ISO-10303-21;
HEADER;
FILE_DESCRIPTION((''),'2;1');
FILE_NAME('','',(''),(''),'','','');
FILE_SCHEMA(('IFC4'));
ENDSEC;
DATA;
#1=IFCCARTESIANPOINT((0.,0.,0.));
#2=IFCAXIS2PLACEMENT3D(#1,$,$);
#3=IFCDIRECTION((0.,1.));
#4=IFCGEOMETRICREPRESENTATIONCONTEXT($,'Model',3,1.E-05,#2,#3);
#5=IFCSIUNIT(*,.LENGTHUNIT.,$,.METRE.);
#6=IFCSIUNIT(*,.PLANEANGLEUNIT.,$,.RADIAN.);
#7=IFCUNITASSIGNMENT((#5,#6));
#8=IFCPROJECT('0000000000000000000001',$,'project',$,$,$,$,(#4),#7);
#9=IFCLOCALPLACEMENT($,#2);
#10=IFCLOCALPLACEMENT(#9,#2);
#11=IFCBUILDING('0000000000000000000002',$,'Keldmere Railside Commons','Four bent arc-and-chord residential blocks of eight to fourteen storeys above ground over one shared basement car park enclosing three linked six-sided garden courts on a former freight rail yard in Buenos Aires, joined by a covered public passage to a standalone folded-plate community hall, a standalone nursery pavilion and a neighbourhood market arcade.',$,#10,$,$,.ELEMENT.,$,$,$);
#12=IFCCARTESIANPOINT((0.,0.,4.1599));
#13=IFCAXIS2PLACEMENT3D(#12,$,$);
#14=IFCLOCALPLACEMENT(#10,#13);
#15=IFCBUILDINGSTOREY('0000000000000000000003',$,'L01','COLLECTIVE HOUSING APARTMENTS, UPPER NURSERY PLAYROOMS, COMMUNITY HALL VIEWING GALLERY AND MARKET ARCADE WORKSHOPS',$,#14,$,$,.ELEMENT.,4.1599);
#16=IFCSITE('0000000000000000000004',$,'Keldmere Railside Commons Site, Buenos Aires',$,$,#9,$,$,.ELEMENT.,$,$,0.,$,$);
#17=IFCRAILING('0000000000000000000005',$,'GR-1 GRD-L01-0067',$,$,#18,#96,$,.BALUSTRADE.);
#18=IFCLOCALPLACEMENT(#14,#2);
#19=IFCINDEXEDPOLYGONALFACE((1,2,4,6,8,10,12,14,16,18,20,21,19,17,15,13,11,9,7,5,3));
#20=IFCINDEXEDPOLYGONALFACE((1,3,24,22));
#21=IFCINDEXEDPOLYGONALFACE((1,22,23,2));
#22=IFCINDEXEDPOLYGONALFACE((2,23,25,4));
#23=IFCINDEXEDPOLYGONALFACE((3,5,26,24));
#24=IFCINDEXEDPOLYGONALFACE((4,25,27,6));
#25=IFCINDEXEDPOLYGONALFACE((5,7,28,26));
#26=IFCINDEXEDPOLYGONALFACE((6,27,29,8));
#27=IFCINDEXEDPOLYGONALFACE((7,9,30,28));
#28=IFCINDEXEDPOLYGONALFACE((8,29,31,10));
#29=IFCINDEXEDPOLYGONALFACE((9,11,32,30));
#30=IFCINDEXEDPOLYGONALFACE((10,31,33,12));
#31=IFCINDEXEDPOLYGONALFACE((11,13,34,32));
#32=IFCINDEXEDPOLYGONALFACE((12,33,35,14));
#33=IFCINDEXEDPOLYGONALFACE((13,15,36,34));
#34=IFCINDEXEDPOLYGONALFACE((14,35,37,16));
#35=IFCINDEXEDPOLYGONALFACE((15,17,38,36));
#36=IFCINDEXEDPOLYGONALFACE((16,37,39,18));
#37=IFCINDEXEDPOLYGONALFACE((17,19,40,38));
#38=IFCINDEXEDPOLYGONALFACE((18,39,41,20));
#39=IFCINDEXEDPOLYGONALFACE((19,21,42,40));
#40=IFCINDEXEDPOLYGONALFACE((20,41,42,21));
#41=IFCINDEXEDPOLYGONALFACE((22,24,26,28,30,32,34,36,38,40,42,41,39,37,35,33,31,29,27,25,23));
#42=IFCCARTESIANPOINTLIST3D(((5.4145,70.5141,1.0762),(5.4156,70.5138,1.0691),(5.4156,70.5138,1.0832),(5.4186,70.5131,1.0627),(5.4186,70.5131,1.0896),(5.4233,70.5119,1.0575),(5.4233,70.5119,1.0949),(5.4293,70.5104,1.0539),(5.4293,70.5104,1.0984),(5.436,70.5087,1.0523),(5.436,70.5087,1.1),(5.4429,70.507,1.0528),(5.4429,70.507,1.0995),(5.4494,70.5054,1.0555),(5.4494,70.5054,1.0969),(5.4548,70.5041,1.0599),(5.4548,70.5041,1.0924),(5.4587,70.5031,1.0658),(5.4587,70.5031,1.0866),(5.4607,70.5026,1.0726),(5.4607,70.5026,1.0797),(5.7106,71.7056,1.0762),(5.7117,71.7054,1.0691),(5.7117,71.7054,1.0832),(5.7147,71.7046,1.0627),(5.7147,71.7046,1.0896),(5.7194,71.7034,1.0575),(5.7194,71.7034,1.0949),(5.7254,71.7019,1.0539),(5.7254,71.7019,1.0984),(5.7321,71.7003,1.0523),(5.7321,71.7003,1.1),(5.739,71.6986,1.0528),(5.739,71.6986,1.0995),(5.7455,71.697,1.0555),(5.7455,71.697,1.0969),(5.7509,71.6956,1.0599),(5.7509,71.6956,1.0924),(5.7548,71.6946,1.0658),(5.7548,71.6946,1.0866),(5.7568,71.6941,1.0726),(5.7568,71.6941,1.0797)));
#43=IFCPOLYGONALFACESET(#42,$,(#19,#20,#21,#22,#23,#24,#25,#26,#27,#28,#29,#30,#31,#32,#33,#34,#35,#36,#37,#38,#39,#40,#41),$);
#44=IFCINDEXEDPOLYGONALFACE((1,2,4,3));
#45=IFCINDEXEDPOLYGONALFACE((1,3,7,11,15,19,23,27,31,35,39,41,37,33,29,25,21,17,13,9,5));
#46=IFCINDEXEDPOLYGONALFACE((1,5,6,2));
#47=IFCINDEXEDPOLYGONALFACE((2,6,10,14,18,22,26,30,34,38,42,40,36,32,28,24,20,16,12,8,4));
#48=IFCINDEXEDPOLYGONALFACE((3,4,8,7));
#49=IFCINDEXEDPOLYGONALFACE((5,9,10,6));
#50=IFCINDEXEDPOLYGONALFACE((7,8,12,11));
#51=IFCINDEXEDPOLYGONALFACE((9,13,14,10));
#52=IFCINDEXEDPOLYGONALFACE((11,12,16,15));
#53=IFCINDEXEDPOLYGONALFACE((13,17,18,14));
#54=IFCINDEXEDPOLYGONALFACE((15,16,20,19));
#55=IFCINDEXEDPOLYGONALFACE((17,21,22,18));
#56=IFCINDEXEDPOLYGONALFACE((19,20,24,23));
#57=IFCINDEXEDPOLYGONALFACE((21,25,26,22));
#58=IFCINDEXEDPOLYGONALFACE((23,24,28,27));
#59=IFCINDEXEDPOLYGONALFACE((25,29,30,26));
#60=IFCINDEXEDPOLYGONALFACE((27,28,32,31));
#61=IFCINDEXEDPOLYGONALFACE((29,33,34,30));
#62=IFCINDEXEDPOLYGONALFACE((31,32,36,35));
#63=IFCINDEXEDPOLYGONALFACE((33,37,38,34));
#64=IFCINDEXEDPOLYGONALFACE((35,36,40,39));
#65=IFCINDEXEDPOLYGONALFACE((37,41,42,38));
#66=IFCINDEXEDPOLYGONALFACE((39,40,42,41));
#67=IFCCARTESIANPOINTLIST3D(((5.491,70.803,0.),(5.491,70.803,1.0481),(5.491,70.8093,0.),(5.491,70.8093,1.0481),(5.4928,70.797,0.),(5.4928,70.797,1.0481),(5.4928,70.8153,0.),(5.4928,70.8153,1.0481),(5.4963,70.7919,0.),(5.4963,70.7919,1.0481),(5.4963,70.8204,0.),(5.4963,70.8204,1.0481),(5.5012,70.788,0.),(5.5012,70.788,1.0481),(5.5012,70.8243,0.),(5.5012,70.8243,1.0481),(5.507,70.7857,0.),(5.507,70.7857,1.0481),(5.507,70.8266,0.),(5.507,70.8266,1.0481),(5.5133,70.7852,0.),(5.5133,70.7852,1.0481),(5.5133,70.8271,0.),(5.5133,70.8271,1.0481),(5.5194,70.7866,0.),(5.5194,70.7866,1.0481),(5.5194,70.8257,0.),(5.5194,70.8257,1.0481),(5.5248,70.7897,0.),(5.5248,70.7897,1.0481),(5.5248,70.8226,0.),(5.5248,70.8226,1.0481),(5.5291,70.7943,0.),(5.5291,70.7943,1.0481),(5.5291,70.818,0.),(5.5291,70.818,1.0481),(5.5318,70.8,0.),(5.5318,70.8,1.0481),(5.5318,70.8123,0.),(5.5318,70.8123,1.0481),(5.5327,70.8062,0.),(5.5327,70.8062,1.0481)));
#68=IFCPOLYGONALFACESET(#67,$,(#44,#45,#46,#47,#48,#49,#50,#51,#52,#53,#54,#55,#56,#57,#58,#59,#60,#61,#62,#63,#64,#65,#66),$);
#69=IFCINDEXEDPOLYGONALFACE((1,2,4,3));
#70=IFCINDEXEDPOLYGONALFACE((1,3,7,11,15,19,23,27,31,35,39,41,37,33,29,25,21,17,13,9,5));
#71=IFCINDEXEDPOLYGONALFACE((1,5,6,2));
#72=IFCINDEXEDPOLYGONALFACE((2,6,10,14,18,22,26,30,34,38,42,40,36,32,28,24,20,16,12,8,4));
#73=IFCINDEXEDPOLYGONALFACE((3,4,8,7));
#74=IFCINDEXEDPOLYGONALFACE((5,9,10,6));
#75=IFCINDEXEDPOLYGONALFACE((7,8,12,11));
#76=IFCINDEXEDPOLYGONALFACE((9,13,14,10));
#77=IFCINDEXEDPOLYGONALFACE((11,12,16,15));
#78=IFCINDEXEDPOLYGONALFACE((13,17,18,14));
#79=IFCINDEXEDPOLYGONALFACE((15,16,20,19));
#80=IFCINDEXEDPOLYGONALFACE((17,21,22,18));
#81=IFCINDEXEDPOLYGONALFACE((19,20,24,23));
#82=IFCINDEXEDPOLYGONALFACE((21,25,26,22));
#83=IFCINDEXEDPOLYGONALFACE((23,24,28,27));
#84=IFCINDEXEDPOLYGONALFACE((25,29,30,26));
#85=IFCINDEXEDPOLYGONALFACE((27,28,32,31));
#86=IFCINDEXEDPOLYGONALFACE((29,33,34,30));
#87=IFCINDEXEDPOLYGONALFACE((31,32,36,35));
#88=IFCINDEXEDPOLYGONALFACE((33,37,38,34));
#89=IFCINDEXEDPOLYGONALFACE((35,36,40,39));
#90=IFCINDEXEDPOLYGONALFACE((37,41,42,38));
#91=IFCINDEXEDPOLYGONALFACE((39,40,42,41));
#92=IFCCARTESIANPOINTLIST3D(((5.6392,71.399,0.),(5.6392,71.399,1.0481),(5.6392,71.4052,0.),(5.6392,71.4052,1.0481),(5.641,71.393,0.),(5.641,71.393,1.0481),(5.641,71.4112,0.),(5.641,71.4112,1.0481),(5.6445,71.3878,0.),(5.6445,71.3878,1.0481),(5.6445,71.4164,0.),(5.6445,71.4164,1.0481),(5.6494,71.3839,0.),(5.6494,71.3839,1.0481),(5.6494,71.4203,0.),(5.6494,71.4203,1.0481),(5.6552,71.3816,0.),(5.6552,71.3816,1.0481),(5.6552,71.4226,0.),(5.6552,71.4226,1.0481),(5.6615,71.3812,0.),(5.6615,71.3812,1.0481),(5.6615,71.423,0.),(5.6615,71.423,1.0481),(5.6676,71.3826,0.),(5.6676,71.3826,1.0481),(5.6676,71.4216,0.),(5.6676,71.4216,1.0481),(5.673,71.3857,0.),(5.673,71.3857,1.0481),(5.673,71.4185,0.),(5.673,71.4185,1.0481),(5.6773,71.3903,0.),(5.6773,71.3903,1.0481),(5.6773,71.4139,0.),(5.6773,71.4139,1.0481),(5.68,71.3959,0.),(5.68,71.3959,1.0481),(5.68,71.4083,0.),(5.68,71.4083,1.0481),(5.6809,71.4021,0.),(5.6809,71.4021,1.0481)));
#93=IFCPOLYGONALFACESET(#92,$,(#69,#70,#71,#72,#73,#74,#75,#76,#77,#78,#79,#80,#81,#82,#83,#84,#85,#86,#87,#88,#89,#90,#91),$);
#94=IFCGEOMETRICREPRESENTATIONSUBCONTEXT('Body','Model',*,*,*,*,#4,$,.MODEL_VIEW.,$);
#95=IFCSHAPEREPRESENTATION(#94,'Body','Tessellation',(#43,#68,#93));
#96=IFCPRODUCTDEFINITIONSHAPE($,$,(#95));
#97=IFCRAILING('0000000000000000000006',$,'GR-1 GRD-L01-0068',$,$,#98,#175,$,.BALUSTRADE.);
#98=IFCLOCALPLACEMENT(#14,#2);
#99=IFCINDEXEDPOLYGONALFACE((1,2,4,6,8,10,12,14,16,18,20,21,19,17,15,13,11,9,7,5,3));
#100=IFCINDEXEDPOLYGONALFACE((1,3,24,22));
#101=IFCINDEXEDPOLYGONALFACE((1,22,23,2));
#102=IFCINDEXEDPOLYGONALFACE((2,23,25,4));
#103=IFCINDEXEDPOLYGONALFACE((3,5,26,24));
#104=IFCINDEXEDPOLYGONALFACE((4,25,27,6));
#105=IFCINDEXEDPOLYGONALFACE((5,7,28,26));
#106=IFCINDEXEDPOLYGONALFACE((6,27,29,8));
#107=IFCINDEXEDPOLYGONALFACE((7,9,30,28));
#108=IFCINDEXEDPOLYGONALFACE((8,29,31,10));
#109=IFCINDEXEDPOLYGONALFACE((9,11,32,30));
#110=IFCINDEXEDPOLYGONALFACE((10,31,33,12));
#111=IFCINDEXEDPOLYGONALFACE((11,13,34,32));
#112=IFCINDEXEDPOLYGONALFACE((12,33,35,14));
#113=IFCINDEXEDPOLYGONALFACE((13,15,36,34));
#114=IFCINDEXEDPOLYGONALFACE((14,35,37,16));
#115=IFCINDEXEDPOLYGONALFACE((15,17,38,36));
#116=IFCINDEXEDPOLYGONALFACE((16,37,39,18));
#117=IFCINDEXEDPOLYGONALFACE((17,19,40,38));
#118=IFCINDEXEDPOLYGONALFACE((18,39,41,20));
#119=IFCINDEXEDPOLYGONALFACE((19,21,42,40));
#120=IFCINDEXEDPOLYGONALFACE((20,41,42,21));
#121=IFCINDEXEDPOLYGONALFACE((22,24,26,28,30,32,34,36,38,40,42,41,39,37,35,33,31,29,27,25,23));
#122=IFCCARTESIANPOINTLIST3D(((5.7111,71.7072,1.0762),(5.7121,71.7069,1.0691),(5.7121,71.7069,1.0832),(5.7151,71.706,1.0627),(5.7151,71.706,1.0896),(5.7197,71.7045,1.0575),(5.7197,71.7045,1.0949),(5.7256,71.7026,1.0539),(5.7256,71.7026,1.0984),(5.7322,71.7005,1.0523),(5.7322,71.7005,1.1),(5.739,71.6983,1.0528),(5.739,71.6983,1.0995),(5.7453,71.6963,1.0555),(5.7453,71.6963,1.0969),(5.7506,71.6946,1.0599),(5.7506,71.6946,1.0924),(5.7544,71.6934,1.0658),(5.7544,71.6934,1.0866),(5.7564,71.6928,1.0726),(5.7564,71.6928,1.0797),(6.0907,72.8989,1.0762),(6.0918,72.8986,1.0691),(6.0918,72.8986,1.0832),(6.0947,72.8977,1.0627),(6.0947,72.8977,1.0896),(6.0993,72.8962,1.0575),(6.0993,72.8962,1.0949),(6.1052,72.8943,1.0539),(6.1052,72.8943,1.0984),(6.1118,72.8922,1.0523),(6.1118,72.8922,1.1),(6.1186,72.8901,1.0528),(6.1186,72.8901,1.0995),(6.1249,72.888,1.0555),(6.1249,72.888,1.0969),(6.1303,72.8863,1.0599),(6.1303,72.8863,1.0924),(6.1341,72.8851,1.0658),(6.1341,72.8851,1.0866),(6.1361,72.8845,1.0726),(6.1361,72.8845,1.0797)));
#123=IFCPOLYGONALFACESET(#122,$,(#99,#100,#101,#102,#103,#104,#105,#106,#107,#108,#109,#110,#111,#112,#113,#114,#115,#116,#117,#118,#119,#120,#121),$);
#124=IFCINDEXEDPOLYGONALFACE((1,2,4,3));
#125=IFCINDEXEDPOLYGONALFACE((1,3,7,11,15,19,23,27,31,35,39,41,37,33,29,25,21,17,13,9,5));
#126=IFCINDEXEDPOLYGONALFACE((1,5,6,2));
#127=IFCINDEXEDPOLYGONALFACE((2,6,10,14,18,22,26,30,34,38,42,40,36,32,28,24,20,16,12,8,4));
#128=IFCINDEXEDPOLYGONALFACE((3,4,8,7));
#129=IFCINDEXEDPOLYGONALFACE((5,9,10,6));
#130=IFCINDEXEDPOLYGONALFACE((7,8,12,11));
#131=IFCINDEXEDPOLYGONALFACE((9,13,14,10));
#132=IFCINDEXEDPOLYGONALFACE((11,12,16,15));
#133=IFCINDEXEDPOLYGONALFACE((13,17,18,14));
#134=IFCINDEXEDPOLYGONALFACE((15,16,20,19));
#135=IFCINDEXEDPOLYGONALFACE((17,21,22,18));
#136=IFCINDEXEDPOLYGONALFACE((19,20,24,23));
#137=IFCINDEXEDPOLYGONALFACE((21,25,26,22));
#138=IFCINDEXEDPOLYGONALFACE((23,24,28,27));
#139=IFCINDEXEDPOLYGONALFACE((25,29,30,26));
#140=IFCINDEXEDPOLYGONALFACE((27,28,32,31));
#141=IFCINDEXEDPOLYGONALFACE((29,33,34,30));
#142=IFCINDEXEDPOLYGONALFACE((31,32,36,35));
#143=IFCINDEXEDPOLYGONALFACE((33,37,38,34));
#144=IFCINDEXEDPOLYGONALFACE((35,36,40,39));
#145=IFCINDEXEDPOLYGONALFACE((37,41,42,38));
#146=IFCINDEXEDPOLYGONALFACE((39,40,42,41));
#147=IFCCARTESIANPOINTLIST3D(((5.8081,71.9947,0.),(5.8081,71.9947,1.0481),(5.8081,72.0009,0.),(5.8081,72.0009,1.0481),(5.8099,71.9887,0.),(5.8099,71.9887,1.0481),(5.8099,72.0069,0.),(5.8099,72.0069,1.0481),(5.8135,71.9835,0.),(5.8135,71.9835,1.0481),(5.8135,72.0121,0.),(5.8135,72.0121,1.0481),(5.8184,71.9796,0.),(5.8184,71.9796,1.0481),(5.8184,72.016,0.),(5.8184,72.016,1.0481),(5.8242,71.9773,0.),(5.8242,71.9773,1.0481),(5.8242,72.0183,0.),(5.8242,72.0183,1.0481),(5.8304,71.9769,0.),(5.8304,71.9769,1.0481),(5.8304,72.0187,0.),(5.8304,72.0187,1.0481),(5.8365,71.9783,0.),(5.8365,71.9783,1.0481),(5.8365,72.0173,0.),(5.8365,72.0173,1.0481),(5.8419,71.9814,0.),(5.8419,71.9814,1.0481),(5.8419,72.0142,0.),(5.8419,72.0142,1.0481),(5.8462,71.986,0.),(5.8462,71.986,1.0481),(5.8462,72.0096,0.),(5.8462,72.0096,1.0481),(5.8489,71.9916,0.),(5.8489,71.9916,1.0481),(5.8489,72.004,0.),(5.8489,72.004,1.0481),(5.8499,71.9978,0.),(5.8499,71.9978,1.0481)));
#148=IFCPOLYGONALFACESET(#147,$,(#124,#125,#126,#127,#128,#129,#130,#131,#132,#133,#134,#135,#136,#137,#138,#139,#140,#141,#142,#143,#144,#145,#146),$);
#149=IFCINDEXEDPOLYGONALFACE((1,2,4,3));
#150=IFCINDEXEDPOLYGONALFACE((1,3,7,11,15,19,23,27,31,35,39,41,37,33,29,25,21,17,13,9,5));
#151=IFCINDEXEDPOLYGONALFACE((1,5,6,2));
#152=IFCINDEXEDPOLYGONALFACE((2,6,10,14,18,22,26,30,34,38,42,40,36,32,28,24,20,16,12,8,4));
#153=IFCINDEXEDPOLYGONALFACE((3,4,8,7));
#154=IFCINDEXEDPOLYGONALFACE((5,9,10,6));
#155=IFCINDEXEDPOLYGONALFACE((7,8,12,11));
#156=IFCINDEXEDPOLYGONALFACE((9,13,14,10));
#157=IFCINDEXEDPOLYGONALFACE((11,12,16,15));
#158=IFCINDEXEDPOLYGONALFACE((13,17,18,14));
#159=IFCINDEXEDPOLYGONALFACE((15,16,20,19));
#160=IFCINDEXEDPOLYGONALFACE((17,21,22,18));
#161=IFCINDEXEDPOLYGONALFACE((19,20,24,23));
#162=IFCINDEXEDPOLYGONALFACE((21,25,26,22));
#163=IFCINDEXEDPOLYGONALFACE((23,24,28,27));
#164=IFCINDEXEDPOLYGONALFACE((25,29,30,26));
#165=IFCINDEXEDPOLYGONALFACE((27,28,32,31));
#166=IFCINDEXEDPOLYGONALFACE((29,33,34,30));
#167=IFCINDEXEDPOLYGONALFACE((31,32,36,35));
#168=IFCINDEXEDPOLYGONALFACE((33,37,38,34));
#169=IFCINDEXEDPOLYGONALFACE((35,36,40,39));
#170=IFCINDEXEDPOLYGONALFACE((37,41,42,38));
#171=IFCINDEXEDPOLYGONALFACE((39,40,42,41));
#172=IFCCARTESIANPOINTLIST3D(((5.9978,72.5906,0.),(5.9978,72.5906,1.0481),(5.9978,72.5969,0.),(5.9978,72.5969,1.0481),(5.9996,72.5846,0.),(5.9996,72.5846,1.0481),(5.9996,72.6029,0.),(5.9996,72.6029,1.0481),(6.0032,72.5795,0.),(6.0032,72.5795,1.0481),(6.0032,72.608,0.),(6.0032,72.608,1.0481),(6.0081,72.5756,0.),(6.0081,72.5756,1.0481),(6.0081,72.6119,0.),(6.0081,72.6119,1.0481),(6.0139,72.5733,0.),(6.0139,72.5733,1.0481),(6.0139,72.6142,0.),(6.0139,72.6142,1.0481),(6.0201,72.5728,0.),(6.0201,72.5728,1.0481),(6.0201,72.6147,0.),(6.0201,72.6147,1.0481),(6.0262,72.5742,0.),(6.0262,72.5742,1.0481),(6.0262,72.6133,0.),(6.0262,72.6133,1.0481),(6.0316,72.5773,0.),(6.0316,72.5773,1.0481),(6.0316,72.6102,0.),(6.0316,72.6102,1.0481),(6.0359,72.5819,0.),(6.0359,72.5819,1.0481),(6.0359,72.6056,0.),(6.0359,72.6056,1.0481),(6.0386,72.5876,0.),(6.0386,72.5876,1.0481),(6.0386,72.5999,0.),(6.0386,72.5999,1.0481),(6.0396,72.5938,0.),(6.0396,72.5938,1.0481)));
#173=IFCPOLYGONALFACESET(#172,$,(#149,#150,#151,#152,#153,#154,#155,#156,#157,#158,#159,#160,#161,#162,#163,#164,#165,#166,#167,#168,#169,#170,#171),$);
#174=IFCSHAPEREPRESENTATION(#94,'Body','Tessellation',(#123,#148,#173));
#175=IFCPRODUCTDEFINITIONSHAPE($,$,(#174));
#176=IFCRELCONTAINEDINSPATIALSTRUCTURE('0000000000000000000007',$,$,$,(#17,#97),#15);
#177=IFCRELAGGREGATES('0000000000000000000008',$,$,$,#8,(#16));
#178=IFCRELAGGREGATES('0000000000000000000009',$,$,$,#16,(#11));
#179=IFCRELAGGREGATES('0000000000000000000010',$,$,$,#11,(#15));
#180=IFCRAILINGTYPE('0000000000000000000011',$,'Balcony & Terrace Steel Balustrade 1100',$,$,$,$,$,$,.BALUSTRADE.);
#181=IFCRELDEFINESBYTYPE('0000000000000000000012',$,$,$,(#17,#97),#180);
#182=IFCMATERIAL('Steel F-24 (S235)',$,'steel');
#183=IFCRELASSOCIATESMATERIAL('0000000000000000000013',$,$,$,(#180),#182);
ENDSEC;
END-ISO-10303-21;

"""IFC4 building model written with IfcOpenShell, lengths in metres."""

from ifc_helpers import new_model, si_unit, direction, frame, origin, origin_2d, place, context, subcontext, project, spatial, circle, extrude, material, type_object, element, save


model = new_model("IFC4")

# Units and contexts
model_context = context("Model", 3, precision=1e-05, world=origin(), true_north=direction((0.0, 1.0)))
body_context = subcontext(model_context, "Body", "Model", "MODEL_VIEW")
ifc_project = project(units=[si_unit("LENGTHUNIT", "METRE"), si_unit("PLANEANGLEUNIT", "RADIAN")], contexts=[model_context])

# Site, building, storey
site_placement = place(None, origin())
site = spatial("IfcSite", under=ifc_project, at=site_placement, Name="Keldmere Railside Commons Site, Buenos Aires", CompositionType="ELEMENT", RefElevation=0.0)
building_placement = place(site_placement, origin())
building = spatial("IfcBuilding", under=site, at=building_placement, Name="Keldmere Railside Commons", Description="Four bent arc-and-chord residential blocks of eight to fourteen storeys above ground over one shared basement car park enclosing three linked six-sided garden courts on a former freight rail yard in Buenos Aires, joined by a covered public passage to a standalone folded-plate community hall, a standalone nursery pavilion and a neighbourhood market arcade.", CompositionType="ELEMENT")
storey_placement = place(building_placement, frame((0.0, 0.0, 4.1599)))
storey = spatial("IfcBuildingStorey", under=building, at=storey_placement, Name="L01", Description="COLLECTIVE HOUSING APARTMENTS, UPPER NURSERY PLAYROOMS, COMMUNITY HALL VIEWING GALLERY AND MARKET ARCADE WORKSHOPS", CompositionType="ELEMENT", Elevation=4.1599)

# Shared definitions
ifc_material_1 = material(Name="Steel F-24 (S235)", Category="steel")

# Railings
railing_type_1 = type_object("IfcRailingType", Name="Balcony & Terrace Steel Balustrade 1100", PredefinedType="BALUSTRADE", material=ifc_material_1)
railing_1_placement = place(storey_placement, frame((5.4377, 70.5083, 0.0)))
element("IfcRailing", 1, at=railing_1_placement, inside=storey, type_object=railing_type_1, Name="GR-1 GRD-L01-0067", PredefinedType="BALUSTRADE", context=body_context, shape_type="SweptSolid", body=[
    extrude(circle(Radius=0.0239, at=origin_2d()), frame((0.0, 0.0, 1.0762), z_axis=(0.241179, 0.970481, 0.0), x_axis=(-0.970481, 0.241179, 0.0)), (0.0, 0.0, 1.0), 1.2278),
    extrude(circle(Radius=0.021, at=origin_2d()), frame((0.074, 0.2979, 0.0)), (0.0, 0.0, 1.0), 1.0481),
    extrude(circle(Radius=0.021, at=origin_2d()), frame((0.2222, 0.8938, 0.0)), (0.0, 0.0, 1.0), 1.0481),
])
railing_2_placement = place(storey_placement, frame((5.7339, 71.7, 0.0)))
element("IfcRailing", 2, at=railing_2_placement, inside=storey, type_object=railing_type_1, Name="GR-1 GRD-L01-0068", PredefinedType="BALUSTRADE", context=body_context, shape_type="SweptSolid", body=[
    extrude(circle(Radius=0.0239, at=origin_2d()), frame((0.0, 0.0, 1.0762), z_axis=(0.30355, 0.952815, 0.0), x_axis=(-0.952815, 0.30355, 0.0)), (0.0, 0.0, 1.0), 1.2507),
    extrude(circle(Radius=0.021, at=origin_2d()), frame((0.095, 0.2979, 0.0)), (0.0, 0.0, 1.0), 1.0481),
    extrude(circle(Radius=0.021, at=origin_2d()), frame((0.2847, 0.8938, 0.0)), (0.0, 0.0, 1.0), 1.0481),
])

save(model, "model.ifc")
